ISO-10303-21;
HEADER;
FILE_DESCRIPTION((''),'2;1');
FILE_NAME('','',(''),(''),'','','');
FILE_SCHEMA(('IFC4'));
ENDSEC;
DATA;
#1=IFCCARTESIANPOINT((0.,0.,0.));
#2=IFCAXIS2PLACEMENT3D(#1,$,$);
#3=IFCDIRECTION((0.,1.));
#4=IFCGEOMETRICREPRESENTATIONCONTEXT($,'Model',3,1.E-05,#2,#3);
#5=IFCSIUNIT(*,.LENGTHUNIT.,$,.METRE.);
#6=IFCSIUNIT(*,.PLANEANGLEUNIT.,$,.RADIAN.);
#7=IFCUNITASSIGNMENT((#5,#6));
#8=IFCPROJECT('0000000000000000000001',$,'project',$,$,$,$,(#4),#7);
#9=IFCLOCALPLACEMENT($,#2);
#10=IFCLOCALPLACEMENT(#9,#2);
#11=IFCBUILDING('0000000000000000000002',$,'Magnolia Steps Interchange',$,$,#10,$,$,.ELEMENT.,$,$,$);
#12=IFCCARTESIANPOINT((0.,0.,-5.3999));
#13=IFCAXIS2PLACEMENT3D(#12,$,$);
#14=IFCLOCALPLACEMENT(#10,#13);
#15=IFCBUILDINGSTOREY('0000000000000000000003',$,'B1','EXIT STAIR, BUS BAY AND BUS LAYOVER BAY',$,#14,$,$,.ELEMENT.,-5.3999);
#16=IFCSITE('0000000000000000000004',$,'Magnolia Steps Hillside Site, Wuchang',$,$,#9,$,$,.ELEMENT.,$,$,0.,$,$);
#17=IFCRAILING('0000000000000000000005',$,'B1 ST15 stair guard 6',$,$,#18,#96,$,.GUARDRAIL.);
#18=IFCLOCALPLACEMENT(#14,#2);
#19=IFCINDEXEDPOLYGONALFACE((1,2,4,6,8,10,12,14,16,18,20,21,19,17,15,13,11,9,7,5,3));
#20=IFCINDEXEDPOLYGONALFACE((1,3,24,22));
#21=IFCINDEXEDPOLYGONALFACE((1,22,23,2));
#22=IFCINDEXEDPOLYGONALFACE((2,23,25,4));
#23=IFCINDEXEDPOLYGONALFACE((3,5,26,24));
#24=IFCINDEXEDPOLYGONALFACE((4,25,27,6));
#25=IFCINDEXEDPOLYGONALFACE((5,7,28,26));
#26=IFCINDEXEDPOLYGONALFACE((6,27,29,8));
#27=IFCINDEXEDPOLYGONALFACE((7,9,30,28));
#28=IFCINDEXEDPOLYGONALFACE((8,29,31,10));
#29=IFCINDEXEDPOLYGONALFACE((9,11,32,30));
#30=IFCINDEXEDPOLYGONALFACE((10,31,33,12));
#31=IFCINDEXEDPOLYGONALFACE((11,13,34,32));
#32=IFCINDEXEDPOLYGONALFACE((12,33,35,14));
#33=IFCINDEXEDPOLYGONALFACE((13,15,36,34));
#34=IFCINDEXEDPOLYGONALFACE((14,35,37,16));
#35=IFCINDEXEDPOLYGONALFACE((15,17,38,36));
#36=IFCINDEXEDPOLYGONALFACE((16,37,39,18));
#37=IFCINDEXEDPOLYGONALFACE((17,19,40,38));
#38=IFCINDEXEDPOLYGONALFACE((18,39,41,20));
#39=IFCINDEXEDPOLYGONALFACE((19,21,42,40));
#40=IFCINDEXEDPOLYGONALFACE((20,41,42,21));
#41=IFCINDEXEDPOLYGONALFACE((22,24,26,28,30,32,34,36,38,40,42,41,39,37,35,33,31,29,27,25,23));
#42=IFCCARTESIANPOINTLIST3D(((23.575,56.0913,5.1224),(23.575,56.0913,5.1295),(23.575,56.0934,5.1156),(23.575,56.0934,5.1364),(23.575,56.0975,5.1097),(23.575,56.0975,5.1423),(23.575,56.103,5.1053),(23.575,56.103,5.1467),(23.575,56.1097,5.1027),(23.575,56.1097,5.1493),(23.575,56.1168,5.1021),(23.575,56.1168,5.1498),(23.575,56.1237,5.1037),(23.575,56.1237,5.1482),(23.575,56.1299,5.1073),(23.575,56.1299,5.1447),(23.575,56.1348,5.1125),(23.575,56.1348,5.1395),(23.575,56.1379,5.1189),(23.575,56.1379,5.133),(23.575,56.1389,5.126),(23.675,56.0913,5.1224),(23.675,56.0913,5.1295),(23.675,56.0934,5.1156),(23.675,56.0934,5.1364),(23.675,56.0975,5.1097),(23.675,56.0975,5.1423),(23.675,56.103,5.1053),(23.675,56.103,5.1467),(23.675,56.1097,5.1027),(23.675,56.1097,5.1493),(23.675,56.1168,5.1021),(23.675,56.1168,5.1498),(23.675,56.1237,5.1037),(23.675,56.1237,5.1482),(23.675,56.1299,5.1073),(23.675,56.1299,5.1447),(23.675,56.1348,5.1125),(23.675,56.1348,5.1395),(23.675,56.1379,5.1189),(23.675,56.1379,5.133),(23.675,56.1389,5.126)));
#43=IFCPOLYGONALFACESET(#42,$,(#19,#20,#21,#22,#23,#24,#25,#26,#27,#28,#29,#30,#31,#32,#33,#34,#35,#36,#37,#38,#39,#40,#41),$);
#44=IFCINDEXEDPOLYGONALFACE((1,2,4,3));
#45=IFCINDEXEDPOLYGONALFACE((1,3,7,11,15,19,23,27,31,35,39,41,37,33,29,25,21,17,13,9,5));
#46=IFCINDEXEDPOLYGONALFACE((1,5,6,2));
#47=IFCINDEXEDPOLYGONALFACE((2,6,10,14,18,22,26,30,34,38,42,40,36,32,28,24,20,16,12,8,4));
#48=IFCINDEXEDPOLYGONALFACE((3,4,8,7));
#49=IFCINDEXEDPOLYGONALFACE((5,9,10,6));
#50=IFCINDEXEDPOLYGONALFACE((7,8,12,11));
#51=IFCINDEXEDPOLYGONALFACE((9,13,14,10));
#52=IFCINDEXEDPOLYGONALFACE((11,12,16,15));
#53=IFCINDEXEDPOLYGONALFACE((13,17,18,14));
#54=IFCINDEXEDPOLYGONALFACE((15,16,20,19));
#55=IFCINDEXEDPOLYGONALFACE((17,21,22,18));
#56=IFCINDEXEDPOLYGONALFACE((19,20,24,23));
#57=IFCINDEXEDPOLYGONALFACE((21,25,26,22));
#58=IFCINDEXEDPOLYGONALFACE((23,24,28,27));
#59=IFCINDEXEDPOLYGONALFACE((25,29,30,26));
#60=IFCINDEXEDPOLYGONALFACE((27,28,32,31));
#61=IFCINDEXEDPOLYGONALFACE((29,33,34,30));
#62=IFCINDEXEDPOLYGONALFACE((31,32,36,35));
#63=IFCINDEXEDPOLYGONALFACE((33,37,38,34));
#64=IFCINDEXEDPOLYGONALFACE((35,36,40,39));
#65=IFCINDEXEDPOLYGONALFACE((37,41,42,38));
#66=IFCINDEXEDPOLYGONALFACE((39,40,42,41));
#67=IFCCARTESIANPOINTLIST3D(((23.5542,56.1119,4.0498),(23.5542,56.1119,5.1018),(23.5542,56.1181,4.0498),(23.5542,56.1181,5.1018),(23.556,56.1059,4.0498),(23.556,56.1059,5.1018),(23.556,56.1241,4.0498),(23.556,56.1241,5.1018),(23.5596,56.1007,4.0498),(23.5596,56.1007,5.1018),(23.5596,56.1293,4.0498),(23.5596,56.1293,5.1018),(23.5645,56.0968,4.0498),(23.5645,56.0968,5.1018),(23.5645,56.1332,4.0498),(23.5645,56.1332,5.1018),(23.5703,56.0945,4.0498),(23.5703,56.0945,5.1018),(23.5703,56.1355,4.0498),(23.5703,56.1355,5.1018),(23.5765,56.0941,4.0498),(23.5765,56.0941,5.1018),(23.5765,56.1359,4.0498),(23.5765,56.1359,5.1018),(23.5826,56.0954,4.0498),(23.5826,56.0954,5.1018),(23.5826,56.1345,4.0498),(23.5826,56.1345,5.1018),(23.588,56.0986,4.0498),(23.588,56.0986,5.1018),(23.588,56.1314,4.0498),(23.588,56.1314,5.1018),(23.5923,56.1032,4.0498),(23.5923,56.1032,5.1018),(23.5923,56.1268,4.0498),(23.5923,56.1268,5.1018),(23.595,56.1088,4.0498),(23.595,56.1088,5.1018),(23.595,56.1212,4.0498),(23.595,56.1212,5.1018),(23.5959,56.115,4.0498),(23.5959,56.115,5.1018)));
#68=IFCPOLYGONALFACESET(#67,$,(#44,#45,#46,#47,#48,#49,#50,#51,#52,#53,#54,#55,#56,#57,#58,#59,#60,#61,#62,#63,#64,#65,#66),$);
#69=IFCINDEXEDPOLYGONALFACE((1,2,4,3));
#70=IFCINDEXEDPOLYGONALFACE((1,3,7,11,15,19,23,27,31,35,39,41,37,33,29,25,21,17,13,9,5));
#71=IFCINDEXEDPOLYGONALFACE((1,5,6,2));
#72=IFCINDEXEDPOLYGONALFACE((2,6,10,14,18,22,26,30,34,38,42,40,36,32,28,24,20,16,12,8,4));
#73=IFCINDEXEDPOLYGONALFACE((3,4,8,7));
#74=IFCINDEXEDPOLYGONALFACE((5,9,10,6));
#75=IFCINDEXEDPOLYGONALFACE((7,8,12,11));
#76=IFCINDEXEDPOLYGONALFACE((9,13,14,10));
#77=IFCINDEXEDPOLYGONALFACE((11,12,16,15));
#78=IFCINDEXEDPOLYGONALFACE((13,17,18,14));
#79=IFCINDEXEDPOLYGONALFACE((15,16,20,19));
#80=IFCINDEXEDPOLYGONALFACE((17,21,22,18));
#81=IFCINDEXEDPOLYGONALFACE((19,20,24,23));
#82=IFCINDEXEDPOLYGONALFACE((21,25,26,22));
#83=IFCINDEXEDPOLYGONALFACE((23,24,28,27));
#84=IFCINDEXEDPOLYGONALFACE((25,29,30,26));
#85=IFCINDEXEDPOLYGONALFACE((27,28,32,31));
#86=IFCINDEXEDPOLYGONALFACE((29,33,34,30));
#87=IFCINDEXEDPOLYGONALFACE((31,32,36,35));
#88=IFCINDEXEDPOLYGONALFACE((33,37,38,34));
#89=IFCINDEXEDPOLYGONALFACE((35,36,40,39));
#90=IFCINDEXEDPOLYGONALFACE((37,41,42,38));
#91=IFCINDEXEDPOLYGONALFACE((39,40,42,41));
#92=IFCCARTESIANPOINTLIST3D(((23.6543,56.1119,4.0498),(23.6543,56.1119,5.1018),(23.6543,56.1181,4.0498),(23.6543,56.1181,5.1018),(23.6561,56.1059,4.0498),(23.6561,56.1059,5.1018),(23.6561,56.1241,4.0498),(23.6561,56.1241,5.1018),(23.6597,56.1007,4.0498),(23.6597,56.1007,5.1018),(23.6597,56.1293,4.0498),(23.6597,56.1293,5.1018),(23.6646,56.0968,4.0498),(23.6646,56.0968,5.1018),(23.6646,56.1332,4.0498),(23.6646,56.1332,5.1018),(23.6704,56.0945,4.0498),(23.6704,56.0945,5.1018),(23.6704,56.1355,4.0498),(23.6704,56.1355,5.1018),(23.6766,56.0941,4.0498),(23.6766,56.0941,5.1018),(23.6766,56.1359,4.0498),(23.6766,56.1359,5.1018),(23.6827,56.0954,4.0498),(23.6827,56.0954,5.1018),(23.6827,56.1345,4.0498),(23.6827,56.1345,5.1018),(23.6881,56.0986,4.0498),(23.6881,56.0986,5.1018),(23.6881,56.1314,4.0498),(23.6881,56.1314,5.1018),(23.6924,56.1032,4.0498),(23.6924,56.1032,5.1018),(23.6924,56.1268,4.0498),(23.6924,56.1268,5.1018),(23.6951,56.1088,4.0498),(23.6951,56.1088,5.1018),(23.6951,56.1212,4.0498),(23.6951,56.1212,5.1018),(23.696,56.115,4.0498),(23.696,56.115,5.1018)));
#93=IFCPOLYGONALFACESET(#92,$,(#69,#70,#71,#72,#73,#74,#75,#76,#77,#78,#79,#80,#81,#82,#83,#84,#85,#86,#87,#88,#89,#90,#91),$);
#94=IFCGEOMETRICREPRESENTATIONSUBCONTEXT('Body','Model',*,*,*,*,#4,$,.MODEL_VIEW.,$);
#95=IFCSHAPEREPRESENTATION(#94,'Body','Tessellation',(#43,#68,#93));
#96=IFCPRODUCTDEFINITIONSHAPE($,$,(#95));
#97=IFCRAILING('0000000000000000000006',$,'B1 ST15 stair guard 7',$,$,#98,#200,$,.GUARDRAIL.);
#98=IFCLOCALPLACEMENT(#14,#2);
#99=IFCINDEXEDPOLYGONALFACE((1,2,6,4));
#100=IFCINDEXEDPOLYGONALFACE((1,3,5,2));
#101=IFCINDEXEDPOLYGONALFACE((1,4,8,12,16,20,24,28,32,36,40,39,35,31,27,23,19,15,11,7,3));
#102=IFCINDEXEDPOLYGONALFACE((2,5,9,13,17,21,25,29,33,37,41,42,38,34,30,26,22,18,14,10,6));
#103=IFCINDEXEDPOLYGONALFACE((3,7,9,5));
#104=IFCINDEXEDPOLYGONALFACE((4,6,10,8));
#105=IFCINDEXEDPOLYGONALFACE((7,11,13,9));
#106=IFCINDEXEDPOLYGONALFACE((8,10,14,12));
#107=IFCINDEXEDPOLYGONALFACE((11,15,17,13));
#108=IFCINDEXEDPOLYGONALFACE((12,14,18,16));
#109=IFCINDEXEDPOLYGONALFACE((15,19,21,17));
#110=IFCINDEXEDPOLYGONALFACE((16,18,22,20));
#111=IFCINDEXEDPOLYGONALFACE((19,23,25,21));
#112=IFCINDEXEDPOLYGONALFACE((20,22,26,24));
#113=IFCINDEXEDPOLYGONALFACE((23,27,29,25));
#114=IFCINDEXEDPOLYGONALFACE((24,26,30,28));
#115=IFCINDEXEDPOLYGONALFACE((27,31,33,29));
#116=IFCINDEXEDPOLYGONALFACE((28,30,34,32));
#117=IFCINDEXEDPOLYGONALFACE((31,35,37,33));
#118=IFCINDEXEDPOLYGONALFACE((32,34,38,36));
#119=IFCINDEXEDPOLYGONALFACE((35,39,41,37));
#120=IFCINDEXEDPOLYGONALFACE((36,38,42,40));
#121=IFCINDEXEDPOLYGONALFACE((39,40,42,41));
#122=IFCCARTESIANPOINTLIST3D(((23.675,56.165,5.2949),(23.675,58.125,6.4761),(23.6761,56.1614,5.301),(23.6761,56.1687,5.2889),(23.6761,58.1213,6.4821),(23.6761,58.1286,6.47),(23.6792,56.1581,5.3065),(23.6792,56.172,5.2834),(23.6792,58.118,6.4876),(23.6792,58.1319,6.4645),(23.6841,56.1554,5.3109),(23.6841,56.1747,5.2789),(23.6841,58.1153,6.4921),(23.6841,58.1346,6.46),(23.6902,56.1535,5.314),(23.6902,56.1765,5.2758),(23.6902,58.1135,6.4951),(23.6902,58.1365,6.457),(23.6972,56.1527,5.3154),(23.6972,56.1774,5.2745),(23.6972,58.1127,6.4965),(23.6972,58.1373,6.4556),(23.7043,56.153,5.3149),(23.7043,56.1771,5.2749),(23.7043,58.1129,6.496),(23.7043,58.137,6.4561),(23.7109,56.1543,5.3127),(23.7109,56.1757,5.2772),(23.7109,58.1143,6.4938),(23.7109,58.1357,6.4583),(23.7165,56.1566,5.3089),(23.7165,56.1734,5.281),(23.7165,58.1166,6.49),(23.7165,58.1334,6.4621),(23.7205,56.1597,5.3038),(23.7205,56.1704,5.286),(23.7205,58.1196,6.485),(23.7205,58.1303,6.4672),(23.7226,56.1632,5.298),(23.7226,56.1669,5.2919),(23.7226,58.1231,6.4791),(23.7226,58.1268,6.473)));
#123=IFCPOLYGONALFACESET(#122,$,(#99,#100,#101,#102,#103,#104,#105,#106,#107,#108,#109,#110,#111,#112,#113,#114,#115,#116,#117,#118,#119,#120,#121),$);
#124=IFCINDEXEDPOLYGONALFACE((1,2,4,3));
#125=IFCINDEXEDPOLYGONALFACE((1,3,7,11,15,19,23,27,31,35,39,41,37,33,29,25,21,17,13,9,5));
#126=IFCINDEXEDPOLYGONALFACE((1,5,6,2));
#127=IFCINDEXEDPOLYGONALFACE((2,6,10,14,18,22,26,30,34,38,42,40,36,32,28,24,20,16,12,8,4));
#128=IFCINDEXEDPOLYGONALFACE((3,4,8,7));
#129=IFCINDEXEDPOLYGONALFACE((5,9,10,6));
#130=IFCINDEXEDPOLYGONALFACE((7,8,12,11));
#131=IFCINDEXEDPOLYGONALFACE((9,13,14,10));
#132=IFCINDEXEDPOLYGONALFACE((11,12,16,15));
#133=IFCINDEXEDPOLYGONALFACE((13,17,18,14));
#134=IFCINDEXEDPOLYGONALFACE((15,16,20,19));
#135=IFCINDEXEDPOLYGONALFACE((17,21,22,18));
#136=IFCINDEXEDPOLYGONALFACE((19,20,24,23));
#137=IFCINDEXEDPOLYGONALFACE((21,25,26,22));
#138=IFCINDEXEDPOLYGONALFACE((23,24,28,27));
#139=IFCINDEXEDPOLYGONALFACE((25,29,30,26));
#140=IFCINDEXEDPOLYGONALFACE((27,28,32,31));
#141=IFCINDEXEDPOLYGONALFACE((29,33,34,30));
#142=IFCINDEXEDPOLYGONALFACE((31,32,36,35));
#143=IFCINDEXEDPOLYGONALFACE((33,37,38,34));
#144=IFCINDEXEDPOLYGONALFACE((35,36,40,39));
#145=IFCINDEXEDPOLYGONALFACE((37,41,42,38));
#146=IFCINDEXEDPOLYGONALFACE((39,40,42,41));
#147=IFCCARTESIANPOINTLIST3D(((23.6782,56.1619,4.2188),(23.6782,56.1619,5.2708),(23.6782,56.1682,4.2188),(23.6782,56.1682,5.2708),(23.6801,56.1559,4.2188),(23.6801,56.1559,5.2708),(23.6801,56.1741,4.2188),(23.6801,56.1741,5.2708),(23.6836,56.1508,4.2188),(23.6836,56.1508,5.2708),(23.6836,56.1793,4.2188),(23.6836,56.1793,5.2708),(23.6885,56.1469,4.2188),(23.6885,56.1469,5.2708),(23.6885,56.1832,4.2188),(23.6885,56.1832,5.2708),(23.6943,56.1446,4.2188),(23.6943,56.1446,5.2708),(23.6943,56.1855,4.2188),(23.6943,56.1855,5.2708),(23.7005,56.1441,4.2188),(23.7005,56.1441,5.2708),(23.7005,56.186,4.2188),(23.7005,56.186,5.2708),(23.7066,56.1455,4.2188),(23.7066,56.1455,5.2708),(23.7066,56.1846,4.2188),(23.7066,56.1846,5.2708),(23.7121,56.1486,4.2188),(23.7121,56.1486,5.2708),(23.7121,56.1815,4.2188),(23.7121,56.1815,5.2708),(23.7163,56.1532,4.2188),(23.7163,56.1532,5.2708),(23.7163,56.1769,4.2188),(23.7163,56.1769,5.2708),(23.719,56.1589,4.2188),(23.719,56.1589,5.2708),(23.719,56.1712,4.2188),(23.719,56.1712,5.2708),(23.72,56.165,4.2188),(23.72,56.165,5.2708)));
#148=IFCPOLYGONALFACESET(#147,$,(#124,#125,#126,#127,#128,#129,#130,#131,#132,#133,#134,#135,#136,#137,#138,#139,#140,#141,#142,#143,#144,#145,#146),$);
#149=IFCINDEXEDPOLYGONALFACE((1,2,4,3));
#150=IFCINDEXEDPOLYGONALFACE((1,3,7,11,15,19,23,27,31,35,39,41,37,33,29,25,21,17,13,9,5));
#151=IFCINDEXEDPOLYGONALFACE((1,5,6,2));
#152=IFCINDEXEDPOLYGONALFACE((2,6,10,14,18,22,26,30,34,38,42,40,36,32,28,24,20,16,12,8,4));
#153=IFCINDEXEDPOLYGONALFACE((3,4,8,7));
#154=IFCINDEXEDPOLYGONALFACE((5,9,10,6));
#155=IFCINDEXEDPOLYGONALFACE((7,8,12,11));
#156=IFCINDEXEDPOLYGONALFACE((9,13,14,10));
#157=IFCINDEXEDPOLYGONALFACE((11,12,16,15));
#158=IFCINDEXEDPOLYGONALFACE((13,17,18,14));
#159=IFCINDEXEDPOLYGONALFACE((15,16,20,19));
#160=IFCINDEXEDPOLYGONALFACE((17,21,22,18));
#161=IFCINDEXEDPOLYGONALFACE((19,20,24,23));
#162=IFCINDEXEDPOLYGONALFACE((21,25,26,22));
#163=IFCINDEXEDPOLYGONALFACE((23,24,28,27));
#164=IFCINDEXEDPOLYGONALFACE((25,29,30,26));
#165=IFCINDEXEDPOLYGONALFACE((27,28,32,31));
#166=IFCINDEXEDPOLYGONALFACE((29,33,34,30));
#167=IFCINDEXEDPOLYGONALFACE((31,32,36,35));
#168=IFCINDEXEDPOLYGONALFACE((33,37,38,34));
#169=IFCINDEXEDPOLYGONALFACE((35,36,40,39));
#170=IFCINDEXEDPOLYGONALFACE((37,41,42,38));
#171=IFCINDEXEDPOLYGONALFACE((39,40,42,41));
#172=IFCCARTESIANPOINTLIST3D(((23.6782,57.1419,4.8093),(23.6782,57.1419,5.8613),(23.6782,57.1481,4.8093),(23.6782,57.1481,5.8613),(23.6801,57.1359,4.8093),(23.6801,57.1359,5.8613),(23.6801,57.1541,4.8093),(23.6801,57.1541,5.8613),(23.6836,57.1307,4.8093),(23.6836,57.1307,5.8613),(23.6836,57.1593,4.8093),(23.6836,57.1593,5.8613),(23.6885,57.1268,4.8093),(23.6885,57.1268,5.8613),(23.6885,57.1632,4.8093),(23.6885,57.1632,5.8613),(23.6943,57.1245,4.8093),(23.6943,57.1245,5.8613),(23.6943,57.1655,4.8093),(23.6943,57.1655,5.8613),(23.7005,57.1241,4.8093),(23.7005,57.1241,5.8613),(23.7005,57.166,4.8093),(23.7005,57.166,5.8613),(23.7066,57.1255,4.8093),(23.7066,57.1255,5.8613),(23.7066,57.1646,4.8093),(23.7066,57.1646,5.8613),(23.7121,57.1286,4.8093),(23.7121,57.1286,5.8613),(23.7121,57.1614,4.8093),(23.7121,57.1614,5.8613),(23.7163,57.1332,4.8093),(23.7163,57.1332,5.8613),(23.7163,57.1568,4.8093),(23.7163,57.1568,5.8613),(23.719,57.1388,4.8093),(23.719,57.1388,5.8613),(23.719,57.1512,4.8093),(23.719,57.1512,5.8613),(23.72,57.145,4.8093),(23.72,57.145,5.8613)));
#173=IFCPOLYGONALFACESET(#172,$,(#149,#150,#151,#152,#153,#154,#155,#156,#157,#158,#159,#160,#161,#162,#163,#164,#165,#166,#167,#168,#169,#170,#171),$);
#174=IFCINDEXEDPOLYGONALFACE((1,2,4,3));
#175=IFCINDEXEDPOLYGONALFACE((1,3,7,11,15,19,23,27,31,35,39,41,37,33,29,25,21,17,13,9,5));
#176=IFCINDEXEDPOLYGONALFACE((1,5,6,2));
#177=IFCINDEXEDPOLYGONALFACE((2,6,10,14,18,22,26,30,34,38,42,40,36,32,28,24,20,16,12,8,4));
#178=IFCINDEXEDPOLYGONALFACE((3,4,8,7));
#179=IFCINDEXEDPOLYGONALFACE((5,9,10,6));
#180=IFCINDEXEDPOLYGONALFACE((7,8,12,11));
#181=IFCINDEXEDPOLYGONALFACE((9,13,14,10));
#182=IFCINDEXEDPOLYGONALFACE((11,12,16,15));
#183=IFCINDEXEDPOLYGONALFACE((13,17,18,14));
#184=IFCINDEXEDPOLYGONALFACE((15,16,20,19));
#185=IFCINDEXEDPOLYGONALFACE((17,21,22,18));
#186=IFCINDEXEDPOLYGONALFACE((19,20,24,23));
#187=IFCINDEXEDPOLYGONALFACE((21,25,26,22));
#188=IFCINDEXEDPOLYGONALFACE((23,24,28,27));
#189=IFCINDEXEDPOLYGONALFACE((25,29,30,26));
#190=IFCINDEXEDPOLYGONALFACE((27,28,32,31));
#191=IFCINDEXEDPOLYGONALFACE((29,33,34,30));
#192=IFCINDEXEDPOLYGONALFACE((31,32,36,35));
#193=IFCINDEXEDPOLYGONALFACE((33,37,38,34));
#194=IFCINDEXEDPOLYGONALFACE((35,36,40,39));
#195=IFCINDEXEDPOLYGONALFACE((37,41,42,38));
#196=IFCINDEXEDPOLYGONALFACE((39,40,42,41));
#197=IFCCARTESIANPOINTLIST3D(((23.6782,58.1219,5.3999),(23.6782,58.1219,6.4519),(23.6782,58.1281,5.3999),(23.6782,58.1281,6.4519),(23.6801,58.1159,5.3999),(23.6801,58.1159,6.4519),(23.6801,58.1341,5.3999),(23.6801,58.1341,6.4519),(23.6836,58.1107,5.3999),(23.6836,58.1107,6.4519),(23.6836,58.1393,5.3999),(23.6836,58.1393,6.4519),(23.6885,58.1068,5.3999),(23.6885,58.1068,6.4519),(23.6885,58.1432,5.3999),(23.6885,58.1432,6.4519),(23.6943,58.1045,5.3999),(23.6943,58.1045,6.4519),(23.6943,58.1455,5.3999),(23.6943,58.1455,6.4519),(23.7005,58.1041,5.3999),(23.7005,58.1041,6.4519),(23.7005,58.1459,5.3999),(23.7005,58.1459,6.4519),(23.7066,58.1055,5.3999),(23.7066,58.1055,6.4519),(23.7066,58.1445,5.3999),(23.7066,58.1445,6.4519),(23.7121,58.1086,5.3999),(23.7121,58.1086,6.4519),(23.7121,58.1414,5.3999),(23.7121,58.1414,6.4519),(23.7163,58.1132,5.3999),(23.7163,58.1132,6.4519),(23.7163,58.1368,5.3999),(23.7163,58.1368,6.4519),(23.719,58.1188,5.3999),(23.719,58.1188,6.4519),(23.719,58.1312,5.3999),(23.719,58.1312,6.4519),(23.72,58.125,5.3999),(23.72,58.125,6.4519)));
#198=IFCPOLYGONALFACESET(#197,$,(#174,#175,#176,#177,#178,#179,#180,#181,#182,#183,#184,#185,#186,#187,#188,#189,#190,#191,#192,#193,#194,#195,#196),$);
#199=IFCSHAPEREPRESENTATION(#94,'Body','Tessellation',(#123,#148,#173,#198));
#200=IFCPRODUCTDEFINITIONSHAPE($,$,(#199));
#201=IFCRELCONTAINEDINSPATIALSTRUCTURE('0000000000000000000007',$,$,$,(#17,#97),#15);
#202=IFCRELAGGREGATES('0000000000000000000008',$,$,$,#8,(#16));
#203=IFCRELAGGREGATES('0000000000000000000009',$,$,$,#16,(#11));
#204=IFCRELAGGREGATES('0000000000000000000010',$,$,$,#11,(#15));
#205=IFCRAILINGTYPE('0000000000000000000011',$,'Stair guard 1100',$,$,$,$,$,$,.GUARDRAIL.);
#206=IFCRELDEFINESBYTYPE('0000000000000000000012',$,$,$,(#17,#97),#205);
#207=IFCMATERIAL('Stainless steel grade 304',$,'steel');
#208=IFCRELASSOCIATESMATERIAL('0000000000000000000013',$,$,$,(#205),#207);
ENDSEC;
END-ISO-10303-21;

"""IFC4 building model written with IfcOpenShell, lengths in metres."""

from ifc_helpers import new_model, si_unit, direction, frame, origin, origin_2d, place, context, subcontext, project, spatial, circle, extrude, material, type_object, element, save


model = new_model("IFC4")

# Units and contexts
model_context = context("Model", 3, precision=1e-05, world=origin(), true_north=direction((0.0, 1.0)))
body_context = subcontext(model_context, "Body", "Model", "MODEL_VIEW")
ifc_project = project(units=[si_unit("LENGTHUNIT", "METRE"), si_unit("PLANEANGLEUNIT", "RADIAN")], contexts=[model_context])

# Site, building, storey
site_placement = place(None, origin())
site = spatial("IfcSite", under=ifc_project, at=site_placement, Name="Magnolia Steps Hillside Site, Wuchang", CompositionType="ELEMENT", RefElevation=0.0)
building_placement = place(site_placement, origin())
building = spatial("IfcBuilding", under=site, at=building_placement, Name="Magnolia Steps Interchange", CompositionType="ELEMENT")
storey_placement = place(building_placement, frame((0.0, 0.0, -5.3999)))
storey = spatial("IfcBuildingStorey", under=building, at=storey_placement, Name="B1", Description="EXIT STAIR, BUS BAY AND BUS LAYOVER BAY", CompositionType="ELEMENT", Elevation=-5.3999)

# Railings
ifc_material_1 = material(Name="Stainless steel grade 304", Category="steel")
railing_type_1 = type_object("IfcRailingType", Name="Stair guard 1100", PredefinedType="GUARDRAIL", material=ifc_material_1)
railing_1_placement = place(storey_placement, frame((23.575, 56.115, 4.0498)))
element("IfcRailing", 1, at=railing_1_placement, inside=storey, type_object=railing_type_1, Name="B1 ST15 stair guard 6", PredefinedType="GUARDRAIL", context=body_context, shape_type="SweptSolid", body=[
    extrude(circle(Radius=0.0239, at=origin_2d()), frame((0.0, 0.0, 1.0762), z_axis=(1.0, 0.0, 0.0), x_axis=(0.0, 1.0, 0.0)), (0.0, 0.0, 1.0), 0.1001),
    extrude(circle(Radius=0.021, at=origin_2d()), origin(), (0.0, 0.0, 1.0), 1.052),
    extrude(circle(Radius=0.021, at=origin_2d()), frame((0.1001, 0.0, 0.0)), (0.0, 0.0, 1.0), 1.052),
])
railing_2_placement = place(storey_placement, frame((23.699, 56.165, 4.2188)))
element("IfcRailing", 2, at=railing_2_placement, inside=storey, type_object=railing_type_1, Name="B1 ST15 stair guard 7", PredefinedType="GUARDRAIL", context=body_context, shape_type="SweptSolid", body=[
    extrude(circle(Radius=0.0239, at=origin_2d()), frame((0.0, 0.0, 1.0762), z_axis=(0.0, 0.856493, 0.516158), x_axis=(-1.0, 0.0, 0.0)), (0.0, 0.0, 1.0), 2.2883),
    extrude(circle(Radius=0.021, at=origin_2d()), origin(), (0.0, 0.0, 1.0), 1.052),
    extrude(circle(Radius=0.021, at=origin_2d()), frame((0.0, 0.98, 0.5906)), (0.0, 0.0, 1.0), 1.052),
    extrude(circle(Radius=0.021, at=origin_2d()), frame((0.0, 1.96, 1.1812)), (0.0, 0.0, 1.0), 1.052),
])

save(model, "model.ifc")
